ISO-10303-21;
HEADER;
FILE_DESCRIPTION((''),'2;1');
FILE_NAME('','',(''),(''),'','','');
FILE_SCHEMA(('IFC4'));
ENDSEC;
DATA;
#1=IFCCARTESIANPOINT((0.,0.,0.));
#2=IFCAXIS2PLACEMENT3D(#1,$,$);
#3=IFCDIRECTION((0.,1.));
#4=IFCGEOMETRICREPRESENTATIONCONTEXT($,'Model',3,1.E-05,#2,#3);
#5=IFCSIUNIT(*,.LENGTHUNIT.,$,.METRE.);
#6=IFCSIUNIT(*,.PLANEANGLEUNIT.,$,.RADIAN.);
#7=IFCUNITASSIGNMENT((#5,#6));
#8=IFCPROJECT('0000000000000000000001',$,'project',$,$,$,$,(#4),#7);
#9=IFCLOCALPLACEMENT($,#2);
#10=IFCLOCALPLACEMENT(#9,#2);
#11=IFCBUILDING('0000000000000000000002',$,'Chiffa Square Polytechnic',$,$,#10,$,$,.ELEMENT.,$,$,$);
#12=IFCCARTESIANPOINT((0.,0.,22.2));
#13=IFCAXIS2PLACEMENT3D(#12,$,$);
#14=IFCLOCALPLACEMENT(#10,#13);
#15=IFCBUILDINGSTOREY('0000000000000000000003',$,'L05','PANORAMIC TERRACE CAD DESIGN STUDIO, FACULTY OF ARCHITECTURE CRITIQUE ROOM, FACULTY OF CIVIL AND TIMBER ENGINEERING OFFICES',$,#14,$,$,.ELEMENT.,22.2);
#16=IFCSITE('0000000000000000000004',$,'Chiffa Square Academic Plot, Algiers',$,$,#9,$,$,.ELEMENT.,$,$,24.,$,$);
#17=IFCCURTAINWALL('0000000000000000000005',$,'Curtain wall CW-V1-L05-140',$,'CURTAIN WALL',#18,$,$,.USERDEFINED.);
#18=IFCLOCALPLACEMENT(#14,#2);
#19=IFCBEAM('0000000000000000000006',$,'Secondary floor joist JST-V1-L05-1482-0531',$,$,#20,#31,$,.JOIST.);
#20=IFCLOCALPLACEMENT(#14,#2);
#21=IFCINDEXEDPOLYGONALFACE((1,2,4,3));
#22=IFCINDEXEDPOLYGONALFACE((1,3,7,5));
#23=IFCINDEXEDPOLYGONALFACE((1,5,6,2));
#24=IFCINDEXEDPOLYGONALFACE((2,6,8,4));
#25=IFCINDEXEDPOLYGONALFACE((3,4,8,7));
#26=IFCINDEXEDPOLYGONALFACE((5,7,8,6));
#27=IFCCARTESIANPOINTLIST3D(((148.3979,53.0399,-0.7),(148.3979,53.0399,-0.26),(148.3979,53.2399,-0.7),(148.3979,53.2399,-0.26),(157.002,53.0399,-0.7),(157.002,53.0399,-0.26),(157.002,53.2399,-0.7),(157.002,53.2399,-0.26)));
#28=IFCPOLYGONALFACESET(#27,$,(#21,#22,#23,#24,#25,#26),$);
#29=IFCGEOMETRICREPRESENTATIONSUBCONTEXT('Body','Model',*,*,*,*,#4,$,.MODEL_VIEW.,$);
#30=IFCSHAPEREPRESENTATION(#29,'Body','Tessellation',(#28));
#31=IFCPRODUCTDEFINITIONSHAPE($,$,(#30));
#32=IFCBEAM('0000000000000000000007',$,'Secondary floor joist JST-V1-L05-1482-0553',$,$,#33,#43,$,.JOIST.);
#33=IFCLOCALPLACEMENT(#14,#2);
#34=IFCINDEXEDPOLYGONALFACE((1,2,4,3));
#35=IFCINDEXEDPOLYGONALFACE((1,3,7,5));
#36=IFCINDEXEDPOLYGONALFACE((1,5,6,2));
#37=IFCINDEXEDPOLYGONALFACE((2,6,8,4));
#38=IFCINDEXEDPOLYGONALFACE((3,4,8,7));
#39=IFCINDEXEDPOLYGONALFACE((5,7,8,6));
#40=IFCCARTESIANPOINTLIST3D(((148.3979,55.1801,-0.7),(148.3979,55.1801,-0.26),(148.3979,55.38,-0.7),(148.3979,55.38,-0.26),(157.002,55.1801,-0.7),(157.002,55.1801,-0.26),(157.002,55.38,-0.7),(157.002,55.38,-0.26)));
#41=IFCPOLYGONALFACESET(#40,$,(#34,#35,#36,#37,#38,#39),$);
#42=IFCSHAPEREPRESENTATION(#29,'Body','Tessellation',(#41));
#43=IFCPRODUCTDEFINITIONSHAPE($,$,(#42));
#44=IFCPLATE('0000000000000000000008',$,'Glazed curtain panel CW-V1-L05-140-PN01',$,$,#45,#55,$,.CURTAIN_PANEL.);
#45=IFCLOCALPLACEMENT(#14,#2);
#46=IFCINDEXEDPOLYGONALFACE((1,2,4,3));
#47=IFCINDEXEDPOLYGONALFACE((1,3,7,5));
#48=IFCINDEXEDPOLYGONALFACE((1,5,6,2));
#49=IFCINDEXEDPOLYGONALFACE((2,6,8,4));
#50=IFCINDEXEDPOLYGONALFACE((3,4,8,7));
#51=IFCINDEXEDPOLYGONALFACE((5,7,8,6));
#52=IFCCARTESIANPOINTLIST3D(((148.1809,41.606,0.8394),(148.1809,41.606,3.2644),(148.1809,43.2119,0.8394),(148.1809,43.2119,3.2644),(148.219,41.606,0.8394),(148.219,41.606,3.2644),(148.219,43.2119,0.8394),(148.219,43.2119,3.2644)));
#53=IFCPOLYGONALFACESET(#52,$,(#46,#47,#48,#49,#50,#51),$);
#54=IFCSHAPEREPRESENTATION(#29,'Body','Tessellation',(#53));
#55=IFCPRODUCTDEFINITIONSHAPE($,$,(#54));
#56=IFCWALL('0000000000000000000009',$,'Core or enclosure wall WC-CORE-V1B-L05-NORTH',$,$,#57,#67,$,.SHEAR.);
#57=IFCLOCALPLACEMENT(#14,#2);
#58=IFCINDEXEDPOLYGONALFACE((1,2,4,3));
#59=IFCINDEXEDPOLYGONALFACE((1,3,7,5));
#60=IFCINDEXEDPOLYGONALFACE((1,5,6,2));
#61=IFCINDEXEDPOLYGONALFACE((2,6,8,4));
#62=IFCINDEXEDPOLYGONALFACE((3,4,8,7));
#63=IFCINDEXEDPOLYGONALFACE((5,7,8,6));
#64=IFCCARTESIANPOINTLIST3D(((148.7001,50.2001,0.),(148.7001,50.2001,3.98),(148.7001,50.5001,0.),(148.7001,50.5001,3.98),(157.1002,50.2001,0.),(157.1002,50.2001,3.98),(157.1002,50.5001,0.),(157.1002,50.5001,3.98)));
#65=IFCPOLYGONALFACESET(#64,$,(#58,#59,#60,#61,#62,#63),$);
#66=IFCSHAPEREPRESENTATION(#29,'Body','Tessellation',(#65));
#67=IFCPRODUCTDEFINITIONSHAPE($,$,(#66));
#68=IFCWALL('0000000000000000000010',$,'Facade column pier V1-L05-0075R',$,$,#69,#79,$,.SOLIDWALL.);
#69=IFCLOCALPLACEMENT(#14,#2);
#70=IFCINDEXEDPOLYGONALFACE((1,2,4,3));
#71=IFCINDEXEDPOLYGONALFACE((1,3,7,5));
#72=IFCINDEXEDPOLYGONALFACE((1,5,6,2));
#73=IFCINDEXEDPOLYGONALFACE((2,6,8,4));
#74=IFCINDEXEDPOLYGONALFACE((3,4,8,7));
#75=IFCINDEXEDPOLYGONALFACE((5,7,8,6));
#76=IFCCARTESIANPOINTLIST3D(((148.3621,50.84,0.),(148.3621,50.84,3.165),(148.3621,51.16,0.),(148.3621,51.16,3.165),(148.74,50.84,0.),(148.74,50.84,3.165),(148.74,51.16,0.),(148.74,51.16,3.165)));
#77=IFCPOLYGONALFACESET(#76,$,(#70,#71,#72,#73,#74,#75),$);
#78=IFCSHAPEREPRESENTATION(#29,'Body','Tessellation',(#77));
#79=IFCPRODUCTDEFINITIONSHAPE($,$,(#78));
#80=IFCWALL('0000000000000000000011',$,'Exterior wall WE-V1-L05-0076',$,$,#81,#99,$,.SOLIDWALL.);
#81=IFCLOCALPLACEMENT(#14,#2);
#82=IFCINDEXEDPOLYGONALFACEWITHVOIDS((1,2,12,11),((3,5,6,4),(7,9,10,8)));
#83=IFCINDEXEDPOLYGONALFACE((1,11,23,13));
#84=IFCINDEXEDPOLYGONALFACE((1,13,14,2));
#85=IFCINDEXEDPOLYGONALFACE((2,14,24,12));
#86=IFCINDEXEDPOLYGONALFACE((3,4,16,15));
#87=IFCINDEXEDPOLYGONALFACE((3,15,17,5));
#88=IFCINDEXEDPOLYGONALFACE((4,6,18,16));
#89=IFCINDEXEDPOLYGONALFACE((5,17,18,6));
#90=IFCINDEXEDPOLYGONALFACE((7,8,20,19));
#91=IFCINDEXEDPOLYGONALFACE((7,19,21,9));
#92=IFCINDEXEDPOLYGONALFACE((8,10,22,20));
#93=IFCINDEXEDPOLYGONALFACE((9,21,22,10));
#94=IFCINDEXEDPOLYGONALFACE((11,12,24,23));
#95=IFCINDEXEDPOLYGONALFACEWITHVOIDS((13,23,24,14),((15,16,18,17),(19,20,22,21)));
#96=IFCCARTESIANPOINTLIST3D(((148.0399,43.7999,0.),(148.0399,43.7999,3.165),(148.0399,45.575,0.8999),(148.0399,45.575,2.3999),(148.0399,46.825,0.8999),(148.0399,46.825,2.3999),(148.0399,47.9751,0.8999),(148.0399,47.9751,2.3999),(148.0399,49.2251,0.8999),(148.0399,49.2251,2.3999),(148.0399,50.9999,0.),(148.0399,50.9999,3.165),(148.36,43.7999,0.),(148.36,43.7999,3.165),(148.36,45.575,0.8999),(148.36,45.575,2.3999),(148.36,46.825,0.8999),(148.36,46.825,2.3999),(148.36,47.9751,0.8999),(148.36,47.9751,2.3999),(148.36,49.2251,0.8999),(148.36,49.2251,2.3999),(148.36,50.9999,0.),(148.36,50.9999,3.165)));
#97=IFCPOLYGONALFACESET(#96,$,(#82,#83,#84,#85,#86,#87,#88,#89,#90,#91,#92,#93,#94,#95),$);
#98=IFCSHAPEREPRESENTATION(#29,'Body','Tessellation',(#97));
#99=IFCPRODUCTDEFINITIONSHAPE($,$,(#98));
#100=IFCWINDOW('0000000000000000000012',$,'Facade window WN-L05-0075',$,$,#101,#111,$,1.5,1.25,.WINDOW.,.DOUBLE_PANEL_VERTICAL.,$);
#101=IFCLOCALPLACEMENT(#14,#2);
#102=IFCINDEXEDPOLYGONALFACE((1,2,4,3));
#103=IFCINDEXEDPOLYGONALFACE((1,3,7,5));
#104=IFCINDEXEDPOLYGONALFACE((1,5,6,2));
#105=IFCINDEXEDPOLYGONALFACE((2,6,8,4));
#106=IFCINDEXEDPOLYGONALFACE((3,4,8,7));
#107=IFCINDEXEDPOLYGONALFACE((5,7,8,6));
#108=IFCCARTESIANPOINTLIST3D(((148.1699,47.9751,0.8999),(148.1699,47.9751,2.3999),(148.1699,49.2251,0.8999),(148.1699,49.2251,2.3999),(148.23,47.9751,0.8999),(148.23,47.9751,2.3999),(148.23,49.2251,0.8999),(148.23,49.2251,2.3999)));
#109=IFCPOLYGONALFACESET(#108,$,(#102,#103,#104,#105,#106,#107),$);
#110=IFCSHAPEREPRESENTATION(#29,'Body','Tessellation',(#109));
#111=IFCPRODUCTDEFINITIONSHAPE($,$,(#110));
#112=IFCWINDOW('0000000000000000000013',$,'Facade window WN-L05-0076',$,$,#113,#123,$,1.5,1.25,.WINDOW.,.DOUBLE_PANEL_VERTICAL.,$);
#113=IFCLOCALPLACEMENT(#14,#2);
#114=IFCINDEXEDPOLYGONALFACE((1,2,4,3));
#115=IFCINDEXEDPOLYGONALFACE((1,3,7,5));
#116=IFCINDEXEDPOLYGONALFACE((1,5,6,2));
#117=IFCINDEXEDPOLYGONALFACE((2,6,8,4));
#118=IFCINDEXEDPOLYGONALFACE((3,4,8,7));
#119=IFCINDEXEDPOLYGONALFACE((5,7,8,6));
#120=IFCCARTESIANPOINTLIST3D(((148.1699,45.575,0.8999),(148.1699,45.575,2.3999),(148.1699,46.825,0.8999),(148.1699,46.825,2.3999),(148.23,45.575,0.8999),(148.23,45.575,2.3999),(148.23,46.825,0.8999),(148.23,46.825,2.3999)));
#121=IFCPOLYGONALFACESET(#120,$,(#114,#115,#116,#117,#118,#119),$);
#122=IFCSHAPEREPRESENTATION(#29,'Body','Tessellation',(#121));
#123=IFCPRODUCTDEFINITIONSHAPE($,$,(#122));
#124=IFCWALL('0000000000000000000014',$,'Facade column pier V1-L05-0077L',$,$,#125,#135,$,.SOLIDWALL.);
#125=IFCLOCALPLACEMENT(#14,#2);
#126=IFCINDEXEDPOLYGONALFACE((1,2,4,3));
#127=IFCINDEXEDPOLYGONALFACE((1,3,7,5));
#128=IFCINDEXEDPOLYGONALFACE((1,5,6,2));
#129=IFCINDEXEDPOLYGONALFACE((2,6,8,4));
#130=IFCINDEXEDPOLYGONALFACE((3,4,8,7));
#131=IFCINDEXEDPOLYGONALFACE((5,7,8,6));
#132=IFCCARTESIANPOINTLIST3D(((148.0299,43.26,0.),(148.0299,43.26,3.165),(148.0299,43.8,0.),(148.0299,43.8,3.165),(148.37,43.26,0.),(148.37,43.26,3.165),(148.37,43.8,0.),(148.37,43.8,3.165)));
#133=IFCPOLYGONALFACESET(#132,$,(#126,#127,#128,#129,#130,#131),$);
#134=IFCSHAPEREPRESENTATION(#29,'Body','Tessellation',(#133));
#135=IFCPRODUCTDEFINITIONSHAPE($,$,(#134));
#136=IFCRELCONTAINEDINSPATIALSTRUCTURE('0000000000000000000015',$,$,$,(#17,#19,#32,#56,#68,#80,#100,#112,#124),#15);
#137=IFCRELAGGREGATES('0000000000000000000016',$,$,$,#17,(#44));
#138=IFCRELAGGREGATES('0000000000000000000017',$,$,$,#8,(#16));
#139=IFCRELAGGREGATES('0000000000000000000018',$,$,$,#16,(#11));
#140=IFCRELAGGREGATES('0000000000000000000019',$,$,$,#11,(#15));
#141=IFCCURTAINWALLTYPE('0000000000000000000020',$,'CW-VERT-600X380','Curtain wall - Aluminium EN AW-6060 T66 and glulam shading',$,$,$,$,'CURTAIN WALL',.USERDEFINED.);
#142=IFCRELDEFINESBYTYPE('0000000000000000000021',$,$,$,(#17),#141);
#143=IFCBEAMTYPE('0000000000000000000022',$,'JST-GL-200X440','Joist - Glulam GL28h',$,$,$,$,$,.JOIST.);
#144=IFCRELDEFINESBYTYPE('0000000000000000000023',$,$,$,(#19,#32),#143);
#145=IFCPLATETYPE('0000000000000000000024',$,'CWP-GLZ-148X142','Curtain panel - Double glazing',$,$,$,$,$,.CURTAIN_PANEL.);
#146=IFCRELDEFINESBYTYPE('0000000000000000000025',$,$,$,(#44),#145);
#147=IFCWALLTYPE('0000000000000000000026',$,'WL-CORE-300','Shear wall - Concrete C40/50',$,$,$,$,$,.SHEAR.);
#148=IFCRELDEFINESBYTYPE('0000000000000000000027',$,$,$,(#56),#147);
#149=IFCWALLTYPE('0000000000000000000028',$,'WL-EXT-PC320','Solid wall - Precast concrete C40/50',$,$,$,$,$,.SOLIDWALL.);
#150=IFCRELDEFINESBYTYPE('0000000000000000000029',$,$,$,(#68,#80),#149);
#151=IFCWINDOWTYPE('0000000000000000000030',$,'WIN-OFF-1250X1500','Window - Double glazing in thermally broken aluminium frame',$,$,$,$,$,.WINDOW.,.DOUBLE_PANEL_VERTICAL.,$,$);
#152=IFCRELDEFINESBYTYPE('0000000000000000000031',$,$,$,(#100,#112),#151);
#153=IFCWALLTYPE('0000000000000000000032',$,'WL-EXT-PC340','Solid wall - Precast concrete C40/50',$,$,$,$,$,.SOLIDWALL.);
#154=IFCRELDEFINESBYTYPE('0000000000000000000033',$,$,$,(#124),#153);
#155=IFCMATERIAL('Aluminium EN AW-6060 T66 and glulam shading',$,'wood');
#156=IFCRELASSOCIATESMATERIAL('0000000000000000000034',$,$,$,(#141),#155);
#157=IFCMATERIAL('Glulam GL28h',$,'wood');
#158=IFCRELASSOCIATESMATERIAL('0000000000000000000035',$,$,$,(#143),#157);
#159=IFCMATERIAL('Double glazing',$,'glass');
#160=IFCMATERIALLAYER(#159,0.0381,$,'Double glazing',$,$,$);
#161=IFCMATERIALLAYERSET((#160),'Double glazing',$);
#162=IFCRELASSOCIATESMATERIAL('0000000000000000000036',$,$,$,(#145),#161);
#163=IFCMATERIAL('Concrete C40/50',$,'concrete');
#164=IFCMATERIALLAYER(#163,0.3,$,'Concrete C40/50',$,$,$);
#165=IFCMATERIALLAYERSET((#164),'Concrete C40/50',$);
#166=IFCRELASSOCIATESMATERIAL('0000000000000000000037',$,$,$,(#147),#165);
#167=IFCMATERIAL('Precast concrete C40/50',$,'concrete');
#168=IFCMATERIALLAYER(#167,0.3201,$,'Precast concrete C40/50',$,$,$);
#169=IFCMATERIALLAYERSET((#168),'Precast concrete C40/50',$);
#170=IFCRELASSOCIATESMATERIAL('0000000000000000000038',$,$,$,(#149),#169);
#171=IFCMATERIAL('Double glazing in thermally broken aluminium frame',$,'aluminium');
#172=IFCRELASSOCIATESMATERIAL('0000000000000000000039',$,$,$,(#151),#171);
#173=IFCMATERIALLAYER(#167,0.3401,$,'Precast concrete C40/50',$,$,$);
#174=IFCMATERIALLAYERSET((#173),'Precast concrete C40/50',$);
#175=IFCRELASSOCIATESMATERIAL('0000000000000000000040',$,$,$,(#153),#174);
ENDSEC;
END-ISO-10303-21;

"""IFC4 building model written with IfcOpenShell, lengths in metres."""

from ifc_helpers import new_model, si_unit, direction, frame, frame_2d, origin, origin_2d, place, context, subcontext, project, spatial, rectangle, extrude, material, layer, layer_set, material_profile, profile_set, type_object, element, fill, aggregate, save


model = new_model("IFC4")

# Units and contexts
model_context = context("Model", 3, precision=1e-05, world=origin(), true_north=direction((0.0, 1.0)))
body_context = subcontext(model_context, "Body", "Model", "MODEL_VIEW")
ifc_project = project(units=[si_unit("LENGTHUNIT", "METRE"), si_unit("PLANEANGLEUNIT", "RADIAN")], contexts=[model_context])

# Site, building, storey
site_placement = place(None, origin())
site = spatial("IfcSite", under=ifc_project, at=site_placement, Name="Chiffa Square Academic Plot, Algiers", CompositionType="ELEMENT", RefElevation=24.0)
building_placement = place(site_placement, origin())
building = spatial("IfcBuilding", under=site, at=building_placement, Name="Chiffa Square Polytechnic", CompositionType="ELEMENT")
storey_placement = place(building_placement, frame((0.0, 0.0, 22.2)))
storey = spatial("IfcBuildingStorey", under=building, at=storey_placement, Name="L05", Description="PANORAMIC TERRACE CAD DESIGN STUDIO, FACULTY OF ARCHITECTURE CRITIQUE ROOM, FACULTY OF CIVIL AND TIMBER ENGINEERING OFFICES", CompositionType="ELEMENT", Elevation=22.2)

# Shared definitions
ifc_material_1 = material(Name="Concrete C40/50", Category="concrete")

# Curtain wall
ifc_material_2 = material(Name="Aluminium EN AW-6060 T66 and glulam shading", Category="wood")
curtain_wall_type = type_object("IfcCurtainWallType", Name="CW-VERT-600X380", Description="Curtain wall - Aluminium EN AW-6060 T66 and glulam shading", ElementType="CURTAIN WALL", PredefinedType="USERDEFINED", material=ifc_material_2)
curtain_wall_placement = place(storey_placement, origin())
curtain_wall = element("IfcCurtainWall", 1, at=curtain_wall_placement, inside=storey, type_object=curtain_wall_type, Name="Curtain wall CW-V1-L05-140", ObjectType="CURTAIN WALL", PredefinedType="USERDEFINED")
ifc_material_3 = material(Name="Glulam GL28h", Category="wood")

# Beams
ifc_material_profile_1 = material_profile(ifc_material_3, rectangle(XDim=0.2, YDim=0.4399, at=origin_2d()), Name="GL28h 200x440")
ifc_profile_set_1 = profile_set([ifc_material_profile_1], Name="Glulam GL28h")
beam_type_1 = type_object("IfcBeamType", Name="JST-GL-200X440", Description="Joist - Glulam GL28h", PredefinedType="JOIST", material=ifc_profile_set_1)
for number, where, z_axis, x_axis, name in (
    (2, (148.3979, 53.1399, -0.48), (1.0, 0.0, 0.0), (0.0, 1.0, 0.0), "Secondary floor joist JST-V1-L05-1482-0531"),
    (3, (148.3979, 55.28, -0.48), (1.0, 0.0, 0.0), (0.0, 1.0, 0.0), "Secondary floor joist JST-V1-L05-1482-0553"),
):
    element("IfcBeam", number, at=place(storey_placement, frame(where, z_axis=z_axis, x_axis=x_axis)), inside=storey, type_object=beam_type_1, Name=name, PredefinedType="JOIST", context=body_context, shape_type="SweptSolid", body=[
        extrude(rectangle(XDim=0.2, YDim=0.4399, at=origin_2d()), origin(), (0.0, 0.0, 1.0), 8.604),
    ])

# Plate
ifc_material_4 = material(Name="Double glazing", Category="glass")
ifc_layer_1 = layer(ifc_material_4, 0.0381, Name="Double glazing")
ifc_layer_set_1 = layer_set([ifc_layer_1], Name="Double glazing")
plate_type = type_object("IfcPlateType", Name="CWP-GLZ-148X142", Description="Curtain panel - Double glazing", PredefinedType="CURTAIN_PANEL", material=ifc_layer_set_1)
plate_placement = place(storey_placement, frame((148.2, 42.4089, 0.8394), z_axis=(0.0, 0.0, 1.0), x_axis=(0.0, -1.0, 0.0)))
plate = element("IfcPlate", 4, at=plate_placement, type_object=plate_type, Name="Glazed curtain panel CW-V1-L05-140-PN01", PredefinedType="CURTAIN_PANEL", context=body_context, shape_type="SweptSolid", body=[
    extrude(rectangle(XDim=1.606, YDim=0.0381, at=origin_2d()), origin(), (0.0, 0.0, 1.0), 2.425),
])
aggregate(curtain_wall, [plate])

# Shared definitions
ifc_layer_2 = layer(ifc_material_1, 0.3, Name="Concrete C40/50")
ifc_layer_set_2 = layer_set([ifc_layer_2], Name="Concrete C40/50")
wall_type_1 = type_object("IfcWallType", Name="WL-CORE-300", Description="Shear wall - Concrete C40/50", PredefinedType="SHEAR", material=ifc_layer_set_2)

# Walls
wall_1_placement = place(storey_placement, frame((148.7, 50.3501, 0.0), z_axis=(0.0, 0.0, 1.0), x_axis=(1.0, 0.0, 0.0)))
element("IfcWall", 5, at=wall_1_placement, inside=storey, type_object=wall_type_1, Name="Core or enclosure wall WC-CORE-V1B-L05-NORTH", PredefinedType="SHEAR", context=body_context, shape_type="SweptSolid", body=[
    extrude(rectangle(XDim=8.4001, YDim=0.3, at=frame_2d((4.2002, 0.0))), origin(), (0.0, 0.0, 1.0), 3.98),
])
ifc_material_5 = material(Name="Precast concrete C40/50", Category="concrete")
ifc_layer_3 = layer(ifc_material_5, 0.3201, Name="Precast concrete C40/50")
ifc_layer_set_3 = layer_set([ifc_layer_3], Name="Precast concrete C40/50")
wall_type_2 = type_object("IfcWallType", Name="WL-EXT-PC320", Description="Solid wall - Precast concrete C40/50", PredefinedType="SOLIDWALL", material=ifc_layer_set_3)
wall_2_placement = place(storey_placement, frame((148.74, 51.0, 0.0), z_axis=(0.0, 0.0, 1.0), x_axis=(-1.0, 0.0, 0.0)))
element("IfcWall", 6, at=wall_2_placement, inside=storey, type_object=wall_type_2, Name="Facade column pier V1-L05-0075R", PredefinedType="SOLIDWALL", context=body_context, shape_type="SweptSolid", body=[
    extrude(rectangle(XDim=0.3779, YDim=0.3201, at=frame_2d((0.189, 0.0))), origin(), (0.0, 0.0, 1.0), 3.165),
])

# Wall, openings, windows
wall_3_placement = place(storey_placement, frame((148.2, 51.0, 0.0), z_axis=(0.0, 0.0, 1.0), x_axis=(0.0, -1.0, 0.0)))
wall_3 = element("IfcWall", 7, at=wall_3_placement, inside=storey, type_object=wall_type_2, Name="Exterior wall WE-V1-L05-0076", PredefinedType="SOLIDWALL", context=body_context, shape_type="SweptSolid", body=[
    extrude(rectangle(XDim=7.2, YDim=0.3201, at=frame_2d((3.6001, 0.0))), origin(), (0.0, 0.0, 1.0), 3.165),
])
opening_1_placement = place(wall_3_placement, frame((1.7749, 0.0, 0.8999)))
opening_1 = element("IfcOpeningElement", 8, at=opening_1_placement, cuts=wall_3, PredefinedType="OPENING", context=body_context, shape_type="SweptSolid", body=[
    extrude(rectangle(XDim=1.25, YDim=1.5, at=frame_2d((0.625, 0.75))), frame((0.0, 0.1699, 0.0), z_axis=(0.0, -1.0, 0.0), x_axis=(1.0, 0.0, 0.0)), (0.0, 0.0, 1.0), 0.3401),
])
opening_2_placement = place(wall_3_placement, frame((4.175, 0.0, 0.8999)))
opening_2 = element("IfcOpeningElement", 9, at=opening_2_placement, cuts=wall_3, PredefinedType="OPENING", context=body_context, shape_type="SweptSolid", body=[
    extrude(rectangle(XDim=1.25, YDim=1.5, at=frame_2d((0.625, 0.75))), frame((0.0, 0.1699, 0.0), z_axis=(0.0, -1.0, 0.0), x_axis=(1.0, 0.0, 0.0)), (0.0, 0.0, 1.0), 0.3401),
])
ifc_material_6 = material(Name="Double glazing in thermally broken aluminium frame", Category="aluminium")
window_type = type_object("IfcWindowType", Name="WIN-OFF-1250X1500", Description="Window - Double glazing in thermally broken aluminium frame", PartitioningType="DOUBLE_PANEL_VERTICAL", PredefinedType="WINDOW", material=ifc_material_6)
window_1_placement = place(opening_1_placement, origin())
window_1 = element("IfcWindow", 10, at=window_1_placement, inside=storey, type_object=window_type, Name="Facade window WN-L05-0075", OverallHeight=1.5, OverallWidth=1.25, PartitioningType="DOUBLE_PANEL_VERTICAL", PredefinedType="WINDOW", context=body_context, shape_type="SweptSolid", body=[
    extrude(rectangle(XDim=1.25, YDim=1.5, at=frame_2d((0.625, 0.75))), frame((0.0, 0.03, 0.0), z_axis=(0.0, -1.0, 0.0), x_axis=(1.0, 0.0, 0.0)), (0.0, 0.0, 1.0), 0.0601),
])
fill(opening_1, window_1)
window_2_placement = place(opening_2_placement, origin())
window_2 = element("IfcWindow", 11, at=window_2_placement, inside=storey, type_object=window_type, Name="Facade window WN-L05-0076", OverallHeight=1.5, OverallWidth=1.25, PartitioningType="DOUBLE_PANEL_VERTICAL", PredefinedType="WINDOW", context=body_context, shape_type="SweptSolid", body=[
    extrude(rectangle(XDim=1.25, YDim=1.5, at=frame_2d((0.625, 0.75))), frame((0.0, 0.03, 0.0), z_axis=(0.0, -1.0, 0.0), x_axis=(1.0, 0.0, 0.0)), (0.0, 0.0, 1.0), 0.0601),
])
fill(opening_2, window_2)

# Wall
ifc_layer_4 = layer(ifc_material_5, 0.3401, Name="Precast concrete C40/50")
ifc_layer_set_4 = layer_set([ifc_layer_4], Name="Precast concrete C40/50")
wall_type_3 = type_object("IfcWallType", Name="WL-EXT-PC340", Description="Solid wall - Precast concrete C40/50", PredefinedType="SOLIDWALL", material=ifc_layer_set_4)
wall_4_placement = place(storey_placement, frame((148.2, 43.8, 0.0), z_axis=(0.0, 0.0, 1.0), x_axis=(0.0, -1.0, 0.0)))
element("IfcWall", 12, at=wall_4_placement, inside=storey, type_object=wall_type_3, Name="Facade column pier V1-L05-0077L", PredefinedType="SOLIDWALL", context=body_context, shape_type="SweptSolid", body=[
    extrude(rectangle(XDim=0.54, YDim=0.3401, at=frame_2d((0.27, 0.0))), origin(), (0.0, 0.0, 1.0), 3.165),
])

save(model, "model.ifc")
